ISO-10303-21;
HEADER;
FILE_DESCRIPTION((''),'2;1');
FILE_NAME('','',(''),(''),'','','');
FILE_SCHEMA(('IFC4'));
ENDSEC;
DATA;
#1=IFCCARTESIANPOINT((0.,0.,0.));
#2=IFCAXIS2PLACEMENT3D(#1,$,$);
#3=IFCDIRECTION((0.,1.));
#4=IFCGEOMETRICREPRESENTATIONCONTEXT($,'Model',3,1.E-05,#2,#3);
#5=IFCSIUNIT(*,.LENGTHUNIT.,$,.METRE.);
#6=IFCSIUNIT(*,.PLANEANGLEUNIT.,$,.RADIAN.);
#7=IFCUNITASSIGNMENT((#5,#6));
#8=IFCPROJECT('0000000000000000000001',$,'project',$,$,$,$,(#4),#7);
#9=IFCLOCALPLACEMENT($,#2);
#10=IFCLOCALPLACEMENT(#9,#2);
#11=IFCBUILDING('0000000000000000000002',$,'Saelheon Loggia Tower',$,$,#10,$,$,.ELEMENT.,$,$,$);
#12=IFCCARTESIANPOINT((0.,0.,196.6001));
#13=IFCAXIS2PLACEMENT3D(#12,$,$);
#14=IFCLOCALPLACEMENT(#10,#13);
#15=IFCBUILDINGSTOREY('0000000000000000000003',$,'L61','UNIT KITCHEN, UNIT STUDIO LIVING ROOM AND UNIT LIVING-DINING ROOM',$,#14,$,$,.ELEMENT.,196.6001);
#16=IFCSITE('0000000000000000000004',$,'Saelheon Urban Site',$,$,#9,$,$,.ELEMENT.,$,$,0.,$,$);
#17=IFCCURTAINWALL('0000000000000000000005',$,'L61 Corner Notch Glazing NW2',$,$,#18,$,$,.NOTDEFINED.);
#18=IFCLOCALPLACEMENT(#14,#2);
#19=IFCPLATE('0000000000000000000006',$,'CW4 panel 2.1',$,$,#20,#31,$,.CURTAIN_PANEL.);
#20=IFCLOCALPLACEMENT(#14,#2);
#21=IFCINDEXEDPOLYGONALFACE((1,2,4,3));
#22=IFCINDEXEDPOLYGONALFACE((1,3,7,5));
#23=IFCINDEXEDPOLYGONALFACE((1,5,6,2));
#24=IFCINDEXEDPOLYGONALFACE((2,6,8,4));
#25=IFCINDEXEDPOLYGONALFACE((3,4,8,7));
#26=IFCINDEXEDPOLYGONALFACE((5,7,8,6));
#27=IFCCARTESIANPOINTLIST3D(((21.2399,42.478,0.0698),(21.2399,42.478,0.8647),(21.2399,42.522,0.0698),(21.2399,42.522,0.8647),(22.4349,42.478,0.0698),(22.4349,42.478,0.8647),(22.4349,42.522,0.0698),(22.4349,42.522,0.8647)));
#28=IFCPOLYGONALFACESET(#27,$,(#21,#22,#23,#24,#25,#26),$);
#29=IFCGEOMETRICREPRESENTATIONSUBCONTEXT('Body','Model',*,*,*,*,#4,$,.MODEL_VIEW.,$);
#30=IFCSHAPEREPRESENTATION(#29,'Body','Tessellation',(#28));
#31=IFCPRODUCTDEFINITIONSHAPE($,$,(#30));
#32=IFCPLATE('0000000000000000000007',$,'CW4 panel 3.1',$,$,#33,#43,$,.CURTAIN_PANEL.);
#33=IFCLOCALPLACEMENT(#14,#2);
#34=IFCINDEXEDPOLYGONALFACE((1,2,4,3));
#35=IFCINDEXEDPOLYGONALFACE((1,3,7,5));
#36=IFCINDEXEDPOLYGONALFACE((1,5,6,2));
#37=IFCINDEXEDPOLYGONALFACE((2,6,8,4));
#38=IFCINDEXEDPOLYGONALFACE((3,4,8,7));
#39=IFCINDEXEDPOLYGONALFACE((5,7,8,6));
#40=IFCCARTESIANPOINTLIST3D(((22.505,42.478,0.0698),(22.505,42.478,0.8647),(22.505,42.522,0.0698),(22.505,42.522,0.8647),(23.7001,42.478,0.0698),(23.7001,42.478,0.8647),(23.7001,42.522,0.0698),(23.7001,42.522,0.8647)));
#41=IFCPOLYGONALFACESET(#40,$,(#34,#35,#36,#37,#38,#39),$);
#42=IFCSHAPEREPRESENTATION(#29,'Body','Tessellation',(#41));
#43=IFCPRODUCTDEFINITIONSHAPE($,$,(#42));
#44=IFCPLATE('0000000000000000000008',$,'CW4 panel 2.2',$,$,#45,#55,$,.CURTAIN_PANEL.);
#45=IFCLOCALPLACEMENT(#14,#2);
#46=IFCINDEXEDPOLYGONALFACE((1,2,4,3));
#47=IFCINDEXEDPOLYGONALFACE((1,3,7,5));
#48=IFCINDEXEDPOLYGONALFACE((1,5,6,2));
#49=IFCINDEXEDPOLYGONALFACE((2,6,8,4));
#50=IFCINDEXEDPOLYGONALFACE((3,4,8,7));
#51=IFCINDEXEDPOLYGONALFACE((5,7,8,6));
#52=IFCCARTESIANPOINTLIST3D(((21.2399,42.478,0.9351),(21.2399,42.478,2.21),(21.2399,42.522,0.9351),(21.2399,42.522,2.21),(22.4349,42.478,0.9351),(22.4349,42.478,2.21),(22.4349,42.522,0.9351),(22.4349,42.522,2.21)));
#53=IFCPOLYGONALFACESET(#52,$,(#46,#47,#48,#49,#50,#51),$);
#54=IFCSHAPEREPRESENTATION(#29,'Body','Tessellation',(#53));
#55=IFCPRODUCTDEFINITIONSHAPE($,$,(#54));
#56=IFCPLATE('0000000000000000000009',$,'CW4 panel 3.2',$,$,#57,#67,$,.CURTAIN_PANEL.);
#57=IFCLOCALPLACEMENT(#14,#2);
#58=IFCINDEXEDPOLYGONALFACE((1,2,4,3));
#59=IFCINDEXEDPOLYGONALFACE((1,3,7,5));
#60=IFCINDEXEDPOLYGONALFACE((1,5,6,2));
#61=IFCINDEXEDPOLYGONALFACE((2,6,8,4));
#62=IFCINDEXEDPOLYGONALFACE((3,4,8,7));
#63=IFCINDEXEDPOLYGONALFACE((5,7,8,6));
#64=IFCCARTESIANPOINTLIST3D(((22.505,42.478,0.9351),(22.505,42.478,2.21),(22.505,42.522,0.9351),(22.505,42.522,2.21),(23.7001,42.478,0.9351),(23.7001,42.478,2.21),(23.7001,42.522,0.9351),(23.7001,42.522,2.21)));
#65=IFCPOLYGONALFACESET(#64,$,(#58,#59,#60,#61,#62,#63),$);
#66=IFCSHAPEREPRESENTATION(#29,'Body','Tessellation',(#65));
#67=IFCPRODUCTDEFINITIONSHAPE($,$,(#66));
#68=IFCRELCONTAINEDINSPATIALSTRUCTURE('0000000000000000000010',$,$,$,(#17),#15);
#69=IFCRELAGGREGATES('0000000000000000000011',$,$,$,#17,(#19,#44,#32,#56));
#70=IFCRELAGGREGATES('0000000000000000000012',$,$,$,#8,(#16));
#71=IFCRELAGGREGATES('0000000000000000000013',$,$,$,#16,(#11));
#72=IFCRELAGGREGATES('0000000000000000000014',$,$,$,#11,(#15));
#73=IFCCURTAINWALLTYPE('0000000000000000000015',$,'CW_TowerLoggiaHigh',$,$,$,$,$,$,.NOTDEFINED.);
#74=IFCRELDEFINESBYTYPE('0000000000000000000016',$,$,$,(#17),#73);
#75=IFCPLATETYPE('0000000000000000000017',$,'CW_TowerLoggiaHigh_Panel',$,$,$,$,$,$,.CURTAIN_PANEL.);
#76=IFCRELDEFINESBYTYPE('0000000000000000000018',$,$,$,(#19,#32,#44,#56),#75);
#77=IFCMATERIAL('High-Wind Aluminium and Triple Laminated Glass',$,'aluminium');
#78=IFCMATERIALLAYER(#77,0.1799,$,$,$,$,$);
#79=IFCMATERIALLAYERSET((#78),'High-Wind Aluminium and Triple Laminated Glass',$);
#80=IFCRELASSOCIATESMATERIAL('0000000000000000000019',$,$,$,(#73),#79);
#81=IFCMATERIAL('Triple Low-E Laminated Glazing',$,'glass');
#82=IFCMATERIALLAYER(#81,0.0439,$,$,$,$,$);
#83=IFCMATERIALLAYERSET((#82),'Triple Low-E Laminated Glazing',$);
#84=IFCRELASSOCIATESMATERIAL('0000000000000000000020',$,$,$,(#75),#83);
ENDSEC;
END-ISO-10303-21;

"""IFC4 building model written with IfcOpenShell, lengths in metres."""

from ifc_helpers import new_model, si_unit, direction, frame, origin, origin_2d, place, context, subcontext, project, spatial, rectangle, extrude, source, transform, mapped, material, layer, layer_set, type_object, element, aggregate, save


model = new_model("IFC4")

# Units and contexts
model_context = context("Model", 3, precision=1e-05, world=origin(), true_north=direction((0.0, 1.0)))
body_context = subcontext(model_context, "Body", "Model", "MODEL_VIEW")
ifc_project = project(units=[si_unit("LENGTHUNIT", "METRE"), si_unit("PLANEANGLEUNIT", "RADIAN")], contexts=[model_context])

# Site, building, storey
site_placement = place(None, origin())
site = spatial("IfcSite", under=ifc_project, at=site_placement, Name="Saelheon Urban Site", CompositionType="ELEMENT", RefElevation=0.0)
building_placement = place(site_placement, origin())
building = spatial("IfcBuilding", under=site, at=building_placement, Name="Saelheon Loggia Tower", CompositionType="ELEMENT")
storey_placement = place(building_placement, frame((0.0, 0.0, 196.6001)))
storey = spatial("IfcBuildingStorey", under=building, at=storey_placement, Name="L61", Description="UNIT KITCHEN, UNIT STUDIO LIVING ROOM AND UNIT LIVING-DINING ROOM", CompositionType="ELEMENT", Elevation=196.6001)

# Shared definitions
ifc_material_1 = material(Name="High-Wind Aluminium and Triple Laminated Glass", Category="aluminium")
ifc_layer_1 = layer(ifc_material_1, 0.1799)
ifc_layer_set_1 = layer_set([ifc_layer_1], Name="High-Wind Aluminium and Triple Laminated Glass")
curtain_wall_type = type_object("IfcCurtainWallType", Name="CW_TowerLoggiaHigh", PredefinedType="NOTDEFINED", material=ifc_layer_set_1)

# Curtain wall
curtain_wall_1_placement = place(storey_placement, origin())
curtain_wall_1 = element("IfcCurtainWall", 1, at=curtain_wall_1_placement, inside=storey, type_object=curtain_wall_type, Name="L61 Corner Notch Glazing NW2", PredefinedType="NOTDEFINED")

# Plates
ifc_material_2 = material(Name="Triple Low-E Laminated Glazing", Category="glass")
ifc_layer_2 = layer(ifc_material_2, 0.0439)
ifc_layer_set_2 = layer_set([ifc_layer_2], Name="Triple Low-E Laminated Glazing")
plate_type = type_object("IfcPlateType", Name="CW_TowerLoggiaHigh_Panel", PredefinedType="CURTAIN_PANEL", material=ifc_layer_set_2)
shared_shape_1 = source(origin(), body_context, "Body", "SweptSolid", [
    extrude(rectangle(XDim=1.1951, YDim=0.0439, at=origin_2d()), origin(), (0.0, 0.0, 1.0), 0.7949),
])
plate_1_placement = place(storey_placement, frame((21.8374, 42.5, 0.0698), z_axis=(0.0, 0.0, 1.0), x_axis=(1.0, 0.0, 0.0)))
plate_1 = element("IfcPlate", 2, at=plate_1_placement, type_object=plate_type, Name="CW4 panel 2.1", PredefinedType="CURTAIN_PANEL", context=body_context, shape_type="MappedRepresentation", body=[
    mapped(shared_shape_1, transform((0.0, 0.0, 0.0), scale=1.0)),
])
plate_2_placement = place(storey_placement, frame((23.1025, 42.5, 0.0698), z_axis=(0.0, 0.0, 1.0), x_axis=(1.0, 0.0, 0.0)))
plate_2 = element("IfcPlate", 3, at=plate_2_placement, type_object=plate_type, Name="CW4 panel 3.1", PredefinedType="CURTAIN_PANEL", context=body_context, shape_type="MappedRepresentation", body=[
    mapped(shared_shape_1, transform((0.0, 0.0, 0.0), scale=1.0)),
])
shared_shape_2 = source(origin(), body_context, "Body", "SweptSolid", [
    extrude(rectangle(XDim=1.1951, YDim=0.0439, at=origin_2d()), origin(), (0.0, 0.0, 1.0), 1.2749),
])
plate_3_placement = place(storey_placement, frame((21.8374, 42.5, 0.9351), z_axis=(0.0, 0.0, 1.0), x_axis=(1.0, 0.0, 0.0)))
plate_3 = element("IfcPlate", 4, at=plate_3_placement, type_object=plate_type, Name="CW4 panel 2.2", PredefinedType="CURTAIN_PANEL", context=body_context, shape_type="MappedRepresentation", body=[
    mapped(shared_shape_2, transform((0.0, 0.0, 0.0), scale=1.0)),
])
plate_4_placement = place(storey_placement, frame((23.1025, 42.5, 0.9351), z_axis=(0.0, 0.0, 1.0), x_axis=(1.0, 0.0, 0.0)))
plate_4 = element("IfcPlate", 5, at=plate_4_placement, type_object=plate_type, Name="CW4 panel 3.2", PredefinedType="CURTAIN_PANEL", context=body_context, shape_type="MappedRepresentation", body=[
    mapped(shared_shape_2, transform((0.0, 0.0, 0.0), scale=1.0)),
])
aggregate(curtain_wall_1, [plate_1, plate_3, plate_2, plate_4])

save(model, "model.ifc")
